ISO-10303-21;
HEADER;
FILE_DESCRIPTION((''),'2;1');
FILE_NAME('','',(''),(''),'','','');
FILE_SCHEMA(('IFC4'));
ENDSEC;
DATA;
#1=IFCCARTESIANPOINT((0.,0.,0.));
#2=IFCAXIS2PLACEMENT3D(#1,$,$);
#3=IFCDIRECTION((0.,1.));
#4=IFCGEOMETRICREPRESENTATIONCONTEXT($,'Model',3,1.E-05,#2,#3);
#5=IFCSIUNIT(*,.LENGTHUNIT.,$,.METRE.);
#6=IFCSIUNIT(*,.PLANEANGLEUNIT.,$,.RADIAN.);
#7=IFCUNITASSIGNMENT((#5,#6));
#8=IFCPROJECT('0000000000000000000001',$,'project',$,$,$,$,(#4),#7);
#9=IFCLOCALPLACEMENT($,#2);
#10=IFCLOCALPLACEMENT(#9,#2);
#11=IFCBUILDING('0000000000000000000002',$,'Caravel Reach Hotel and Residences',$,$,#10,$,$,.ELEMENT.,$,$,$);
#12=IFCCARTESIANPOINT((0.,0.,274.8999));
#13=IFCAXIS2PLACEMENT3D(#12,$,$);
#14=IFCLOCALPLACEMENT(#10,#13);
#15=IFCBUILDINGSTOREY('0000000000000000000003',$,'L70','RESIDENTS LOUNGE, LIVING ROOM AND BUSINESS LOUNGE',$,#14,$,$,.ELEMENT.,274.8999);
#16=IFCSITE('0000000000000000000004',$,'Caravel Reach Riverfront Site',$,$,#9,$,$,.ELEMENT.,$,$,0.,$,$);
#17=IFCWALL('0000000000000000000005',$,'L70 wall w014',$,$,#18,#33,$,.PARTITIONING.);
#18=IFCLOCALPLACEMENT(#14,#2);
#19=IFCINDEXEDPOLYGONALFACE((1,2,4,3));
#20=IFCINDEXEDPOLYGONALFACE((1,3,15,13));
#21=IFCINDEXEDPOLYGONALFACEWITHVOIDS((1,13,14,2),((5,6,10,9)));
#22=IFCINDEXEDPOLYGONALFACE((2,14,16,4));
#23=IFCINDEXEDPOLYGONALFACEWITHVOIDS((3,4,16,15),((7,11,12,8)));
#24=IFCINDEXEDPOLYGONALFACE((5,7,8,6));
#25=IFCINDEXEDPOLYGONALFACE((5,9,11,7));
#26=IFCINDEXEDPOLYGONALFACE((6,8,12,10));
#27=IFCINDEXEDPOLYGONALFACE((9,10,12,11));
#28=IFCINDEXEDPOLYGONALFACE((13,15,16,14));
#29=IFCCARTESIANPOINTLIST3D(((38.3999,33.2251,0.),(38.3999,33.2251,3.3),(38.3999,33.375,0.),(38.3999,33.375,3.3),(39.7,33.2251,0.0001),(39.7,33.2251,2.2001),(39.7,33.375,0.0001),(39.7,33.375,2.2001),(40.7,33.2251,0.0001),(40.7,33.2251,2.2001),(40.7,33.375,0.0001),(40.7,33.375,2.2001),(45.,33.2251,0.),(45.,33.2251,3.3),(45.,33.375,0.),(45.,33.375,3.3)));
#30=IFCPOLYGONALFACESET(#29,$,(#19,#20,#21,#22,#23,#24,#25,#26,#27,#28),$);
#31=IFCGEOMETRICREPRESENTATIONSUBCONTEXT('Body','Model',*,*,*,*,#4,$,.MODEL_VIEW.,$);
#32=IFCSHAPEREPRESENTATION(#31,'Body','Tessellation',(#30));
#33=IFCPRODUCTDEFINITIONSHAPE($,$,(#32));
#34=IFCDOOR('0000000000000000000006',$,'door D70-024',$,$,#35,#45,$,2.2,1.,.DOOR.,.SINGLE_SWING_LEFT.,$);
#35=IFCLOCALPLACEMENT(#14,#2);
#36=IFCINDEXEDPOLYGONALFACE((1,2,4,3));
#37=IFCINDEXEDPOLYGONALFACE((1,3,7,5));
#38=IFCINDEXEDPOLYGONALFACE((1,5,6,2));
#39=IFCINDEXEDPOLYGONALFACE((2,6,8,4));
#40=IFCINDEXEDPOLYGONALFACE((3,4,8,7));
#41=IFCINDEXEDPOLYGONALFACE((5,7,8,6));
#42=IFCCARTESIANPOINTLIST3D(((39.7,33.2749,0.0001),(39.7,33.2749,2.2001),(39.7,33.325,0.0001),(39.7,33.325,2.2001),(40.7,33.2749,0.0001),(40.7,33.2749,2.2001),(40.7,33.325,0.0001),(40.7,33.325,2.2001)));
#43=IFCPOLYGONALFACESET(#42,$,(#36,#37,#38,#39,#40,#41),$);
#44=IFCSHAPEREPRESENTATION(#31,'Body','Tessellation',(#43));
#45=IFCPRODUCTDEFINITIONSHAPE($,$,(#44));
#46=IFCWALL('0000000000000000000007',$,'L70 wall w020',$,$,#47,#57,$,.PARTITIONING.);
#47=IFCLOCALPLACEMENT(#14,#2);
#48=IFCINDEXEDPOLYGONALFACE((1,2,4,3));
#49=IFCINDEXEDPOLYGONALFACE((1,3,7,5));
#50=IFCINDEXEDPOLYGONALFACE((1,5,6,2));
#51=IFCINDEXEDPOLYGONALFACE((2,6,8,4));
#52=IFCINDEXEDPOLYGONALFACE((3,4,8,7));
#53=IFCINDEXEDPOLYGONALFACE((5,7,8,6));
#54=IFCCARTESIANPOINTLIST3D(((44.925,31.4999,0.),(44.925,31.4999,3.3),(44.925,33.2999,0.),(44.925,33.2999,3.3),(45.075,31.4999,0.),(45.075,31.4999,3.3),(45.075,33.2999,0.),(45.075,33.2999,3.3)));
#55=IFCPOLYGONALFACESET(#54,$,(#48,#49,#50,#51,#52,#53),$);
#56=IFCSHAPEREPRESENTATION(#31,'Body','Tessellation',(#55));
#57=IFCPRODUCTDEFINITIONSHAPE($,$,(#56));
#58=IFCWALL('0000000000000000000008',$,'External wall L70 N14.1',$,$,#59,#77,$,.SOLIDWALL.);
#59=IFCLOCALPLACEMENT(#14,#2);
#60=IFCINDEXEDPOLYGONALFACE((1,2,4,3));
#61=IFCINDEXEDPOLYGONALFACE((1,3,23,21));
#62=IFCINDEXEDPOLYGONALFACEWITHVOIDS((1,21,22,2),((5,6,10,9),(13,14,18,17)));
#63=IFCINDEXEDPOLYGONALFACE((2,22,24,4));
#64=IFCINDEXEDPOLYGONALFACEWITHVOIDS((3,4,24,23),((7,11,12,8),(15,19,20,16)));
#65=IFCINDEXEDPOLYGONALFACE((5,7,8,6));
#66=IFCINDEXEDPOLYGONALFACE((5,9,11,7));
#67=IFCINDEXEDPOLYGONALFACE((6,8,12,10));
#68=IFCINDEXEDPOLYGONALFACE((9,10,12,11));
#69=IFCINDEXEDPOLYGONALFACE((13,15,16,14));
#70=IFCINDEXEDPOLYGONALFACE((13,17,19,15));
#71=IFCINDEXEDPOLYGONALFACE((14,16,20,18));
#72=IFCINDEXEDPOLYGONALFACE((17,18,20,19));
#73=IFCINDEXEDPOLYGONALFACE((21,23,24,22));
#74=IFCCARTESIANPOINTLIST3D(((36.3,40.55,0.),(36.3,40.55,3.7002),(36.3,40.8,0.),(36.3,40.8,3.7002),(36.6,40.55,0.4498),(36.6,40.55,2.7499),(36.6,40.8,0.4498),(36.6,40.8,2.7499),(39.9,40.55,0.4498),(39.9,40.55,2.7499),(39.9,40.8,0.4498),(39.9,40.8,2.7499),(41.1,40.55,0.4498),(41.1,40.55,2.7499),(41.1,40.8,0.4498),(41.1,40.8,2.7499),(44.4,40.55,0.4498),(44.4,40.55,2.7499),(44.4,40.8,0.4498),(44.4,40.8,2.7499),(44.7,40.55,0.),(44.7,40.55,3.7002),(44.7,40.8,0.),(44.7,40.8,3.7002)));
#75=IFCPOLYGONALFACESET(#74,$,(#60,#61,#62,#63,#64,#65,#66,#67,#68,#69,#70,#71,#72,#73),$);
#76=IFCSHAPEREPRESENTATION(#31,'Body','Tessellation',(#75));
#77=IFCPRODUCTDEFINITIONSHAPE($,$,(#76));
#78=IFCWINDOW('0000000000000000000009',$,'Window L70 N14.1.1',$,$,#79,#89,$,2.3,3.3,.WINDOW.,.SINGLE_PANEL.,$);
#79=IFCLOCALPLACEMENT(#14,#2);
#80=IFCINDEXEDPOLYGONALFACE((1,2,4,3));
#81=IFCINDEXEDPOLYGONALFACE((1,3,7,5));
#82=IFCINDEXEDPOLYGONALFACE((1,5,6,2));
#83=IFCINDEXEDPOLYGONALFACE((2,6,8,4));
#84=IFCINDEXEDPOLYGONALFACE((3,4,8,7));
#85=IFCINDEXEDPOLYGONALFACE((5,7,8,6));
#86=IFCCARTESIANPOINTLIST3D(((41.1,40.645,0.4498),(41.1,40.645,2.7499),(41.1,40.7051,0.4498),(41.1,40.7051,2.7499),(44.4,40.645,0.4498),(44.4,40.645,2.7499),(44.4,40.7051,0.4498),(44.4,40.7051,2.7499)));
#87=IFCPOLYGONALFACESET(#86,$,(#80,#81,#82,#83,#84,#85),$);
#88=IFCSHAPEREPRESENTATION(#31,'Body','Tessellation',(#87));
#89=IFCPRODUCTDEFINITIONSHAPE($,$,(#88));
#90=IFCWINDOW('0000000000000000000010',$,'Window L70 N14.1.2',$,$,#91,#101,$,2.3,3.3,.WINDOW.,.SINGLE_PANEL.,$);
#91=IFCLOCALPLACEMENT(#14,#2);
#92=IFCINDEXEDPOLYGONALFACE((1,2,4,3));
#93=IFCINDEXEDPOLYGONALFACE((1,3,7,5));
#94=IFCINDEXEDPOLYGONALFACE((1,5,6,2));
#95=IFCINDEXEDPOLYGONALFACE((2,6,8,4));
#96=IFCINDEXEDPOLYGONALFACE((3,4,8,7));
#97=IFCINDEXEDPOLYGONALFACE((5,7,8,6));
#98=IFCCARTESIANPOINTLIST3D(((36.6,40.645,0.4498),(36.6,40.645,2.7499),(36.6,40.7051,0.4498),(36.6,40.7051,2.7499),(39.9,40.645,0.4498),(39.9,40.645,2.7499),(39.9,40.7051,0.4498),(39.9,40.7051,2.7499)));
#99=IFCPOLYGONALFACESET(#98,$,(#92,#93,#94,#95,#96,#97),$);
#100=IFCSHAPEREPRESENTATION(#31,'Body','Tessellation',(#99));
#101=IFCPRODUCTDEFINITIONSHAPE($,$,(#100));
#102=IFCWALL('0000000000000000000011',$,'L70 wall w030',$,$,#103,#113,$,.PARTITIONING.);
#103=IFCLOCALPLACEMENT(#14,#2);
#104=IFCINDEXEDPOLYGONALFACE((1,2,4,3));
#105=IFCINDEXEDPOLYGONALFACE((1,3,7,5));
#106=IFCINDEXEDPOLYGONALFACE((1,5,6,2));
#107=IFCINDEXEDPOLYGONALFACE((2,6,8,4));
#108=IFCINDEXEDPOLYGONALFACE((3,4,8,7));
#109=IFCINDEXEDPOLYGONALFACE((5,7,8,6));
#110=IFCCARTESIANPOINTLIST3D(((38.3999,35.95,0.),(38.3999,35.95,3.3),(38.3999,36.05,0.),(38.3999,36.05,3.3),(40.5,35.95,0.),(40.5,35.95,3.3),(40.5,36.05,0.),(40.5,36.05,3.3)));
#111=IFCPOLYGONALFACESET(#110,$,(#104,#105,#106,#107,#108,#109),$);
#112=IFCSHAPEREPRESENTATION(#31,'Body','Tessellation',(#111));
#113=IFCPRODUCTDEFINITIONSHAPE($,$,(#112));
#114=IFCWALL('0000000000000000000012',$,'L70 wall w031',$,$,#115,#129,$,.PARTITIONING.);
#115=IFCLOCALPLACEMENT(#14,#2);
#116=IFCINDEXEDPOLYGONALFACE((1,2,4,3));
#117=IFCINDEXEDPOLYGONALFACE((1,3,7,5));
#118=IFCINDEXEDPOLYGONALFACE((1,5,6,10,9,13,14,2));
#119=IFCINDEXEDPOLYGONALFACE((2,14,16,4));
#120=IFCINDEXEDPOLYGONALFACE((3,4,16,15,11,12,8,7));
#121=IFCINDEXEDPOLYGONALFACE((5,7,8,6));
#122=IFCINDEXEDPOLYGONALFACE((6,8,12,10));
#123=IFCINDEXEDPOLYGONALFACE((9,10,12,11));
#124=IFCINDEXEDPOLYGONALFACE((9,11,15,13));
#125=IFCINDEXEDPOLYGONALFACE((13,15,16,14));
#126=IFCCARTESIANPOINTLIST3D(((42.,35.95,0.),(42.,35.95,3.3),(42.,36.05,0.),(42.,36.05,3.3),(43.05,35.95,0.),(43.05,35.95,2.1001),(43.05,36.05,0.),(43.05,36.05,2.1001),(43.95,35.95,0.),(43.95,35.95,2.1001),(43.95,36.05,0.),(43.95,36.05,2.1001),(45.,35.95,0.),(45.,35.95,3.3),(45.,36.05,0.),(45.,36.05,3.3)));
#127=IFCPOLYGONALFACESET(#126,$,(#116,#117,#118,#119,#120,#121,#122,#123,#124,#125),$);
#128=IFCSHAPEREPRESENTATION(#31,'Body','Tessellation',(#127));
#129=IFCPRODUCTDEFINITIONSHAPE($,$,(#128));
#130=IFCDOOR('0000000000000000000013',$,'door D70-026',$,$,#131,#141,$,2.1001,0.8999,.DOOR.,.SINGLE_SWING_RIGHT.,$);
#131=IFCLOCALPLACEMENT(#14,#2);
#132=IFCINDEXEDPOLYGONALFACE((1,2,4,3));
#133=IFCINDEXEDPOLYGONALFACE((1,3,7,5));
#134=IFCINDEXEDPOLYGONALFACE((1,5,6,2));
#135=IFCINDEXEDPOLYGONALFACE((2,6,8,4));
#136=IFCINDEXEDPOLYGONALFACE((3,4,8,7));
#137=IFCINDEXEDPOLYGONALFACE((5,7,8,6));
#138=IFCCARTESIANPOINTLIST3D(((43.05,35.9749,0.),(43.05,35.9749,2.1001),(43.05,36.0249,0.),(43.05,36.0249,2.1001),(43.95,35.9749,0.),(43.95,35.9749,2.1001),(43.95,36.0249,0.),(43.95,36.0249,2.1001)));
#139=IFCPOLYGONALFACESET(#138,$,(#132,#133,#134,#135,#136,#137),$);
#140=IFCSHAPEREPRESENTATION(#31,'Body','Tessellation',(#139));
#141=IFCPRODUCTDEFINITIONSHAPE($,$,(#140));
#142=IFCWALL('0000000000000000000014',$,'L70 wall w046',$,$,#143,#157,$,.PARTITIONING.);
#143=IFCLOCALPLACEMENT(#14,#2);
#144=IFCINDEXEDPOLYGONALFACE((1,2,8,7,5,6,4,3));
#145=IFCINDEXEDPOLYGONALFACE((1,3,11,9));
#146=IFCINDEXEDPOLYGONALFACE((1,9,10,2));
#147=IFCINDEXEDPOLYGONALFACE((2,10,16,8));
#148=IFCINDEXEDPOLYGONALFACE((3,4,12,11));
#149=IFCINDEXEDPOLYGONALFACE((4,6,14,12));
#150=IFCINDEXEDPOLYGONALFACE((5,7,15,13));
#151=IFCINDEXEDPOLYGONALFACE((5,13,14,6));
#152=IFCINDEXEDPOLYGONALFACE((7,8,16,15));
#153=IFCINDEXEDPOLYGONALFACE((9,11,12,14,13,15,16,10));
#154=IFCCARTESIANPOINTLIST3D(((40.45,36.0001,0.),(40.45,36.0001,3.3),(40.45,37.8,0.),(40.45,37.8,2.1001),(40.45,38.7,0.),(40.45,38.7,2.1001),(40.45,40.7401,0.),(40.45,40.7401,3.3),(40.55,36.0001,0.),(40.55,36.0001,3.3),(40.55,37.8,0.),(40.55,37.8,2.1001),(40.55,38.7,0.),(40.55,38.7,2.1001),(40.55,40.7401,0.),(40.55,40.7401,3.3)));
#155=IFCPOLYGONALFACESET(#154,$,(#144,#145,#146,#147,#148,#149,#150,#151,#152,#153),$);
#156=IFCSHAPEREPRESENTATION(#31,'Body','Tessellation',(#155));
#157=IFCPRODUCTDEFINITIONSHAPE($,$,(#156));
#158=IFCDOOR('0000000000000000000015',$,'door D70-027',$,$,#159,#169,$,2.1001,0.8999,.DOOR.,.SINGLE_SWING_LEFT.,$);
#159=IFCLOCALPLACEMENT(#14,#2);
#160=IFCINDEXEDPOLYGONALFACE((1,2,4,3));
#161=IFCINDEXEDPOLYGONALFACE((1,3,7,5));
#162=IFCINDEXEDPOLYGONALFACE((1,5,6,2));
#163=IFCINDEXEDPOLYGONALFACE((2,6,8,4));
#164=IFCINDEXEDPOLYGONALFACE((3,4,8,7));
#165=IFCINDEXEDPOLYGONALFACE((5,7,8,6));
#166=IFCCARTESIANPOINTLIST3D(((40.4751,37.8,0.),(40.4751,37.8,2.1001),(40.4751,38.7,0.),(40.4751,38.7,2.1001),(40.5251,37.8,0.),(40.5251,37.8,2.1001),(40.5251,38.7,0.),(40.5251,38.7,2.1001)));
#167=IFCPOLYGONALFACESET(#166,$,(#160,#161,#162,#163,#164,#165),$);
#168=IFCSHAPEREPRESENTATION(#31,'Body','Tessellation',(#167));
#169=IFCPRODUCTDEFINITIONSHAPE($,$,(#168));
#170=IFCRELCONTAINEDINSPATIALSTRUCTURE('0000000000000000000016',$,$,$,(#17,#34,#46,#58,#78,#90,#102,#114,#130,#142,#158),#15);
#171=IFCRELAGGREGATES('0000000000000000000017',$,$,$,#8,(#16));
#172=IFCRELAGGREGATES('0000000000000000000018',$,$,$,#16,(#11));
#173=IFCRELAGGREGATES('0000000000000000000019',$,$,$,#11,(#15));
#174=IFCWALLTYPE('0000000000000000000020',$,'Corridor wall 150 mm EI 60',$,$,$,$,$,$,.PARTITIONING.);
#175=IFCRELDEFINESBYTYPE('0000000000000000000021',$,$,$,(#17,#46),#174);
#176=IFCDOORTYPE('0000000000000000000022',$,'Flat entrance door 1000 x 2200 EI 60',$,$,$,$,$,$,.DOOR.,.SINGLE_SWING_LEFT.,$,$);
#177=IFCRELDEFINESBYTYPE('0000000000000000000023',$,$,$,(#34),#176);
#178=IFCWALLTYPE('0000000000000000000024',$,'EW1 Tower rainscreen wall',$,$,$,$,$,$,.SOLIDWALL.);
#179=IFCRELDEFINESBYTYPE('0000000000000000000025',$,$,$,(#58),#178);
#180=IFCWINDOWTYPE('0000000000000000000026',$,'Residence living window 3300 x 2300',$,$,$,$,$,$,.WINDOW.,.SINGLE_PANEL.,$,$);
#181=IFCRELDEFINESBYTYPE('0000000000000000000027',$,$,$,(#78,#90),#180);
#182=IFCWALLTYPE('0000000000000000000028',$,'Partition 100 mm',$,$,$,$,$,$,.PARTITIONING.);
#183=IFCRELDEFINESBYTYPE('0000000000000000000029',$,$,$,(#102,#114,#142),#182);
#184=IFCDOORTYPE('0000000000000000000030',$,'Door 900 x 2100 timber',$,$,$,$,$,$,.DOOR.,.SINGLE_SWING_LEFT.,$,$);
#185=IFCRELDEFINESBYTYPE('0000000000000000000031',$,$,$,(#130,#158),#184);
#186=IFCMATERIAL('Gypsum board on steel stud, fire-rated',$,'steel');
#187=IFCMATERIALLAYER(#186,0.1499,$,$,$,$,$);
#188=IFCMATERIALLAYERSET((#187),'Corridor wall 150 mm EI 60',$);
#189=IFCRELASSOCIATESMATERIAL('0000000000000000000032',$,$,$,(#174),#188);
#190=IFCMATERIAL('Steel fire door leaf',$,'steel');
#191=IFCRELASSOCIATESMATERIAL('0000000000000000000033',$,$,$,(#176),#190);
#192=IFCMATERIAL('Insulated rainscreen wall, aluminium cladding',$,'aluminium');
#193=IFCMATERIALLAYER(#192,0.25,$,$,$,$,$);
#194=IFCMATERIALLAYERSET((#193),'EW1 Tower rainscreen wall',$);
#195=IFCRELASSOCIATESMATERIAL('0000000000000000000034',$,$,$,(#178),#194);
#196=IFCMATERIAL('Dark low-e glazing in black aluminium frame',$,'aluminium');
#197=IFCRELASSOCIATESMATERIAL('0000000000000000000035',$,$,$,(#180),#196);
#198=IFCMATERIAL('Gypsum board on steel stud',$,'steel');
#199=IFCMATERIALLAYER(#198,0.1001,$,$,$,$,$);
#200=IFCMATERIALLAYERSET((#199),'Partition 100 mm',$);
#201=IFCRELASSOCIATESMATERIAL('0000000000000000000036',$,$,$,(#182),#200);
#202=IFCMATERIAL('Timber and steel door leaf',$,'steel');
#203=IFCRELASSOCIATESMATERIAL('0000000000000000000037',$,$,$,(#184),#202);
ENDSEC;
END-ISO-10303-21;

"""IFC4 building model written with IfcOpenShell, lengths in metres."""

from ifc_helpers import new_model, si_unit, direction, frame, frame_2d, origin, place, context, subcontext, project, spatial, rectangle, extrude, material, layer, layer_set, type_object, element, fill, save


model = new_model("IFC4")

# Units and contexts
model_context = context("Model", 3, precision=1e-05, world=origin(), true_north=direction((0.0, 1.0)))
body_context = subcontext(model_context, "Body", "Model", "MODEL_VIEW")
ifc_project = project(units=[si_unit("LENGTHUNIT", "METRE"), si_unit("PLANEANGLEUNIT", "RADIAN")], contexts=[model_context])

# Site, building, storey
site_placement = place(None, origin())
site = spatial("IfcSite", under=ifc_project, at=site_placement, Name="Caravel Reach Riverfront Site", CompositionType="ELEMENT", RefElevation=0.0)
building_placement = place(site_placement, origin())
building = spatial("IfcBuilding", under=site, at=building_placement, Name="Caravel Reach Hotel and Residences", CompositionType="ELEMENT")
storey_placement = place(building_placement, frame((0.0, 0.0, 274.8999)))
storey = spatial("IfcBuildingStorey", under=building, at=storey_placement, Name="L70", Description="RESIDENTS LOUNGE, LIVING ROOM AND BUSINESS LOUNGE", CompositionType="ELEMENT", Elevation=274.8999)

# Wall, opening, door
ifc_material_1 = material(Name="Gypsum board on steel stud, fire-rated", Category="steel")
ifc_layer_1 = layer(ifc_material_1, 0.1499)
ifc_layer_set_1 = layer_set([ifc_layer_1], Name="Corridor wall 150 mm EI 60")
wall_type_1 = type_object("IfcWallType", Name="Corridor wall 150 mm EI 60", PredefinedType="PARTITIONING", material=ifc_layer_set_1)
wall_1_placement = place(storey_placement, frame((38.3999, 33.3, 0.0), z_axis=(0.0, 0.0, 1.0), x_axis=(1.0, 0.0, 0.0)))
wall_1 = element("IfcWall", 1, at=wall_1_placement, inside=storey, type_object=wall_type_1, Name="L70 wall w014", PredefinedType="PARTITIONING", context=body_context, shape_type="SweptSolid", body=[
    extrude(rectangle(XDim=6.6001, YDim=0.1499, at=frame_2d((3.3, 0.0))), origin(), (0.0, 0.0, 1.0), 3.3),
])
opening_1_placement = place(wall_1_placement, frame((1.3, 0.0, 0.0)))
opening_1 = element("IfcOpeningElement", 2, at=opening_1_placement, cuts=wall_1, PredefinedType="OPENING", context=body_context, shape_type="SweptSolid", body=[
    extrude(rectangle(XDim=1.0, YDim=2.2, at=frame_2d((0.5, 1.1001))), frame((0.0, 0.085, 0.0), z_axis=(0.0, -1.0, 0.0), x_axis=(1.0, 0.0, 0.0)), (0.0, 0.0, 1.0), 0.1699),
])
ifc_material_2 = material(Name="Steel fire door leaf", Category="steel")
door_type_1 = type_object("IfcDoorType", Name="Flat entrance door 1000 x 2200 EI 60", OperationType="SINGLE_SWING_LEFT", PredefinedType="DOOR", material=ifc_material_2)
door_1_placement = place(opening_1_placement, origin())
door_1 = element("IfcDoor", 3, at=door_1_placement, inside=storey, type_object=door_type_1, Name="door D70-024", OperationType="SINGLE_SWING_LEFT", OverallHeight=2.2, OverallWidth=1.0, PredefinedType="DOOR", context=body_context, shape_type="SweptSolid", body=[
    extrude(rectangle(XDim=1.0, YDim=2.2, at=frame_2d((0.5, 1.1001))), frame((0.0, 0.0249, 0.0), z_axis=(0.0, -1.0, 0.0), x_axis=(1.0, 0.0, 0.0)), (0.0, 0.0, 1.0), 0.05),
])
fill(opening_1, door_1)

# Wall
wall_2_placement = place(storey_placement, frame((45.0, 31.5, 0.0), z_axis=(0.0, 0.0, 1.0), x_axis=(0.0, 1.0, 0.0)))
element("IfcWall", 4, at=wall_2_placement, inside=storey, type_object=wall_type_1, Name="L70 wall w020", PredefinedType="PARTITIONING", context=body_context, shape_type="SweptSolid", body=[
    extrude(rectangle(XDim=1.8, YDim=0.1499, at=frame_2d((0.8999, 0.0))), origin(), (0.0, 0.0, 1.0), 3.3),
])

# Wall, openings, windows
ifc_material_3 = material(Name="Insulated rainscreen wall, aluminium cladding", Category="aluminium")
ifc_layer_2 = layer(ifc_material_3, 0.25)
ifc_layer_set_2 = layer_set([ifc_layer_2], Name="EW1 Tower rainscreen wall")
wall_type_2 = type_object("IfcWallType", Name="EW1 Tower rainscreen wall", PredefinedType="SOLIDWALL", material=ifc_layer_set_2)
wall_3_placement = place(storey_placement, frame((44.7, 40.675, 0.0), z_axis=(0.0, 0.0, 1.0), x_axis=(-1.0, 0.0, 0.0)))
wall_3 = element("IfcWall", 5, at=wall_3_placement, inside=storey, type_object=wall_type_2, Name="External wall L70 N14.1", PredefinedType="SOLIDWALL", context=body_context, shape_type="SweptSolid", body=[
    extrude(rectangle(XDim=8.3999, YDim=0.25, at=frame_2d((4.2, 0.0))), origin(), (0.0, 0.0, 1.0), 3.7002),
])
opening_2_placement = place(wall_3_placement, frame((0.3, 0.0, 0.45)))
opening_2 = element("IfcOpeningElement", 6, at=opening_2_placement, cuts=wall_3, PredefinedType="OPENING", context=body_context, shape_type="SweptSolid", body=[
    extrude(rectangle(XDim=3.3, YDim=2.3, at=frame_2d((1.6499, 1.1499))), frame((0.0, 0.135, 0.0), z_axis=(0.0, -1.0, 0.0), x_axis=(1.0, 0.0, 0.0)), (0.0, 0.0, 1.0), 0.27),
])
opening_3_placement = place(wall_3_placement, frame((4.8, 0.0, 0.45)))
opening_3 = element("IfcOpeningElement", 7, at=opening_3_placement, cuts=wall_3, PredefinedType="OPENING", context=body_context, shape_type="SweptSolid", body=[
    extrude(rectangle(XDim=3.3, YDim=2.3, at=frame_2d((1.6499, 1.1499))), frame((0.0, 0.135, 0.0), z_axis=(0.0, -1.0, 0.0), x_axis=(1.0, 0.0, 0.0)), (0.0, 0.0, 1.0), 0.27),
])
ifc_material_4 = material(Name="Dark low-e glazing in black aluminium frame", Category="aluminium")
window_type = type_object("IfcWindowType", Name="Residence living window 3300 x 2300", PartitioningType="SINGLE_PANEL", PredefinedType="WINDOW", material=ifc_material_4)
window_1_placement = place(opening_2_placement, origin())
window_1 = element("IfcWindow", 8, at=window_1_placement, inside=storey, type_object=window_type, Name="Window L70 N14.1.1", OverallHeight=2.3, OverallWidth=3.3, PartitioningType="SINGLE_PANEL", PredefinedType="WINDOW", context=body_context, shape_type="SweptSolid", body=[
    extrude(rectangle(XDim=3.3, YDim=2.3, at=frame_2d((1.6499, 1.1499))), frame((0.0, 0.03, 0.0), z_axis=(0.0, -1.0, 0.0), x_axis=(1.0, 0.0, 0.0)), (0.0, 0.0, 1.0), 0.0601),
])
fill(opening_2, window_1)
window_2_placement = place(opening_3_placement, origin())
window_2 = element("IfcWindow", 9, at=window_2_placement, inside=storey, type_object=window_type, Name="Window L70 N14.1.2", OverallHeight=2.3, OverallWidth=3.3, PartitioningType="SINGLE_PANEL", PredefinedType="WINDOW", context=body_context, shape_type="SweptSolid", body=[
    extrude(rectangle(XDim=3.3, YDim=2.3, at=frame_2d((1.6499, 1.1499))), frame((0.0, 0.03, 0.0), z_axis=(0.0, -1.0, 0.0), x_axis=(1.0, 0.0, 0.0)), (0.0, 0.0, 1.0), 0.0601),
])
fill(opening_3, window_2)

# Wall
ifc_material_5 = material(Name="Gypsum board on steel stud", Category="steel")
ifc_layer_3 = layer(ifc_material_5, 0.1001)
ifc_layer_set_3 = layer_set([ifc_layer_3], Name="Partition 100 mm")
wall_type_3 = type_object("IfcWallType", Name="Partition 100 mm", PredefinedType="PARTITIONING", material=ifc_layer_set_3)
wall_4_placement = place(storey_placement, frame((38.3999, 36.0, 0.0), z_axis=(0.0, 0.0, 1.0), x_axis=(1.0, 0.0, 0.0)))
element("IfcWall", 10, at=wall_4_placement, inside=storey, type_object=wall_type_3, Name="L70 wall w030", PredefinedType="PARTITIONING", context=body_context, shape_type="SweptSolid", body=[
    extrude(rectangle(XDim=2.1001, YDim=0.1001, at=frame_2d((1.05, 0.0))), origin(), (0.0, 0.0, 1.0), 3.3),
])

# Walls, openings, doors
wall_5_placement = place(storey_placement, frame((42.0, 36.0, 0.0), z_axis=(0.0, 0.0, 1.0), x_axis=(1.0, 0.0, 0.0)))
wall_5 = element("IfcWall", 11, at=wall_5_placement, inside=storey, type_object=wall_type_3, Name="L70 wall w031", PredefinedType="PARTITIONING", context=body_context, shape_type="SweptSolid", body=[
    extrude(rectangle(XDim=3.0, YDim=0.1001, at=frame_2d((1.5, 0.0))), origin(), (0.0, 0.0, 1.0), 3.3),
])
opening_4_placement = place(wall_5_placement, frame((1.05, 0.0, 0.0)))
opening_4 = element("IfcOpeningElement", 12, at=opening_4_placement, cuts=wall_5, PredefinedType="OPENING", context=body_context, shape_type="SweptSolid", body=[
    extrude(rectangle(XDim=0.8999, YDim=2.1001, at=frame_2d((0.45, 1.05))), frame((0.0, 0.0601, 0.0), z_axis=(0.0, -1.0, 0.0), x_axis=(1.0, 0.0, 0.0)), (0.0, 0.0, 1.0), 0.1201),
])
ifc_material_6 = material(Name="Timber and steel door leaf", Category="steel")
door_type_2 = type_object("IfcDoorType", Name="Door 900 x 2100 timber", OperationType="SINGLE_SWING_LEFT", PredefinedType="DOOR", material=ifc_material_6)
door_2_placement = place(opening_4_placement, origin())
door_2 = element("IfcDoor", 13, at=door_2_placement, inside=storey, type_object=door_type_2, Name="door D70-026", OperationType="SINGLE_SWING_RIGHT", OverallHeight=2.1001, OverallWidth=0.8999, PredefinedType="DOOR", context=body_context, shape_type="SweptSolid", body=[
    extrude(rectangle(XDim=0.8999, YDim=2.1001, at=frame_2d((0.45, 1.05))), frame((0.0, 0.0249, 0.0), z_axis=(0.0, -1.0, 0.0), x_axis=(1.0, 0.0, 0.0)), (0.0, 0.0, 1.0), 0.05),
])
fill(opening_4, door_2)
wall_6_placement = place(storey_placement, frame((40.5, 36.0, 0.0), z_axis=(0.0, 0.0, 1.0), x_axis=(0.0, 1.0, 0.0)))
wall_6 = element("IfcWall", 14, at=wall_6_placement, inside=storey, type_object=wall_type_3, Name="L70 wall w046", PredefinedType="PARTITIONING", context=body_context, shape_type="SweptSolid", body=[
    extrude(rectangle(XDim=4.74, YDim=0.1001, at=frame_2d((2.3701, 0.0))), origin(), (0.0, 0.0, 1.0), 3.3),
])
opening_5_placement = place(wall_6_placement, frame((1.8, 0.0, 0.0)))
opening_5 = element("IfcOpeningElement", 15, at=opening_5_placement, cuts=wall_6, PredefinedType="OPENING", context=body_context, shape_type="SweptSolid", body=[
    extrude(rectangle(XDim=0.8999, YDim=2.1001, at=frame_2d((0.45, 1.05))), frame((0.0, 0.0601, 0.0), z_axis=(0.0, -1.0, 0.0), x_axis=(1.0, 0.0, 0.0)), (0.0, 0.0, 1.0), 0.1201),
])
door_3_placement = place(opening_5_placement, origin())
door_3 = element("IfcDoor", 16, at=door_3_placement, inside=storey, type_object=door_type_2, Name="door D70-027", OperationType="SINGLE_SWING_LEFT", OverallHeight=2.1001, OverallWidth=0.8999, PredefinedType="DOOR", context=body_context, shape_type="SweptSolid", body=[
    extrude(rectangle(XDim=0.8999, YDim=2.1001, at=frame_2d((0.45, 1.05))), frame((0.0, 0.0249, 0.0), z_axis=(0.0, -1.0, 0.0), x_axis=(1.0, 0.0, 0.0)), (0.0, 0.0, 1.0), 0.05),
])
fill(opening_5, door_3)

save(model, "model.ifc")
